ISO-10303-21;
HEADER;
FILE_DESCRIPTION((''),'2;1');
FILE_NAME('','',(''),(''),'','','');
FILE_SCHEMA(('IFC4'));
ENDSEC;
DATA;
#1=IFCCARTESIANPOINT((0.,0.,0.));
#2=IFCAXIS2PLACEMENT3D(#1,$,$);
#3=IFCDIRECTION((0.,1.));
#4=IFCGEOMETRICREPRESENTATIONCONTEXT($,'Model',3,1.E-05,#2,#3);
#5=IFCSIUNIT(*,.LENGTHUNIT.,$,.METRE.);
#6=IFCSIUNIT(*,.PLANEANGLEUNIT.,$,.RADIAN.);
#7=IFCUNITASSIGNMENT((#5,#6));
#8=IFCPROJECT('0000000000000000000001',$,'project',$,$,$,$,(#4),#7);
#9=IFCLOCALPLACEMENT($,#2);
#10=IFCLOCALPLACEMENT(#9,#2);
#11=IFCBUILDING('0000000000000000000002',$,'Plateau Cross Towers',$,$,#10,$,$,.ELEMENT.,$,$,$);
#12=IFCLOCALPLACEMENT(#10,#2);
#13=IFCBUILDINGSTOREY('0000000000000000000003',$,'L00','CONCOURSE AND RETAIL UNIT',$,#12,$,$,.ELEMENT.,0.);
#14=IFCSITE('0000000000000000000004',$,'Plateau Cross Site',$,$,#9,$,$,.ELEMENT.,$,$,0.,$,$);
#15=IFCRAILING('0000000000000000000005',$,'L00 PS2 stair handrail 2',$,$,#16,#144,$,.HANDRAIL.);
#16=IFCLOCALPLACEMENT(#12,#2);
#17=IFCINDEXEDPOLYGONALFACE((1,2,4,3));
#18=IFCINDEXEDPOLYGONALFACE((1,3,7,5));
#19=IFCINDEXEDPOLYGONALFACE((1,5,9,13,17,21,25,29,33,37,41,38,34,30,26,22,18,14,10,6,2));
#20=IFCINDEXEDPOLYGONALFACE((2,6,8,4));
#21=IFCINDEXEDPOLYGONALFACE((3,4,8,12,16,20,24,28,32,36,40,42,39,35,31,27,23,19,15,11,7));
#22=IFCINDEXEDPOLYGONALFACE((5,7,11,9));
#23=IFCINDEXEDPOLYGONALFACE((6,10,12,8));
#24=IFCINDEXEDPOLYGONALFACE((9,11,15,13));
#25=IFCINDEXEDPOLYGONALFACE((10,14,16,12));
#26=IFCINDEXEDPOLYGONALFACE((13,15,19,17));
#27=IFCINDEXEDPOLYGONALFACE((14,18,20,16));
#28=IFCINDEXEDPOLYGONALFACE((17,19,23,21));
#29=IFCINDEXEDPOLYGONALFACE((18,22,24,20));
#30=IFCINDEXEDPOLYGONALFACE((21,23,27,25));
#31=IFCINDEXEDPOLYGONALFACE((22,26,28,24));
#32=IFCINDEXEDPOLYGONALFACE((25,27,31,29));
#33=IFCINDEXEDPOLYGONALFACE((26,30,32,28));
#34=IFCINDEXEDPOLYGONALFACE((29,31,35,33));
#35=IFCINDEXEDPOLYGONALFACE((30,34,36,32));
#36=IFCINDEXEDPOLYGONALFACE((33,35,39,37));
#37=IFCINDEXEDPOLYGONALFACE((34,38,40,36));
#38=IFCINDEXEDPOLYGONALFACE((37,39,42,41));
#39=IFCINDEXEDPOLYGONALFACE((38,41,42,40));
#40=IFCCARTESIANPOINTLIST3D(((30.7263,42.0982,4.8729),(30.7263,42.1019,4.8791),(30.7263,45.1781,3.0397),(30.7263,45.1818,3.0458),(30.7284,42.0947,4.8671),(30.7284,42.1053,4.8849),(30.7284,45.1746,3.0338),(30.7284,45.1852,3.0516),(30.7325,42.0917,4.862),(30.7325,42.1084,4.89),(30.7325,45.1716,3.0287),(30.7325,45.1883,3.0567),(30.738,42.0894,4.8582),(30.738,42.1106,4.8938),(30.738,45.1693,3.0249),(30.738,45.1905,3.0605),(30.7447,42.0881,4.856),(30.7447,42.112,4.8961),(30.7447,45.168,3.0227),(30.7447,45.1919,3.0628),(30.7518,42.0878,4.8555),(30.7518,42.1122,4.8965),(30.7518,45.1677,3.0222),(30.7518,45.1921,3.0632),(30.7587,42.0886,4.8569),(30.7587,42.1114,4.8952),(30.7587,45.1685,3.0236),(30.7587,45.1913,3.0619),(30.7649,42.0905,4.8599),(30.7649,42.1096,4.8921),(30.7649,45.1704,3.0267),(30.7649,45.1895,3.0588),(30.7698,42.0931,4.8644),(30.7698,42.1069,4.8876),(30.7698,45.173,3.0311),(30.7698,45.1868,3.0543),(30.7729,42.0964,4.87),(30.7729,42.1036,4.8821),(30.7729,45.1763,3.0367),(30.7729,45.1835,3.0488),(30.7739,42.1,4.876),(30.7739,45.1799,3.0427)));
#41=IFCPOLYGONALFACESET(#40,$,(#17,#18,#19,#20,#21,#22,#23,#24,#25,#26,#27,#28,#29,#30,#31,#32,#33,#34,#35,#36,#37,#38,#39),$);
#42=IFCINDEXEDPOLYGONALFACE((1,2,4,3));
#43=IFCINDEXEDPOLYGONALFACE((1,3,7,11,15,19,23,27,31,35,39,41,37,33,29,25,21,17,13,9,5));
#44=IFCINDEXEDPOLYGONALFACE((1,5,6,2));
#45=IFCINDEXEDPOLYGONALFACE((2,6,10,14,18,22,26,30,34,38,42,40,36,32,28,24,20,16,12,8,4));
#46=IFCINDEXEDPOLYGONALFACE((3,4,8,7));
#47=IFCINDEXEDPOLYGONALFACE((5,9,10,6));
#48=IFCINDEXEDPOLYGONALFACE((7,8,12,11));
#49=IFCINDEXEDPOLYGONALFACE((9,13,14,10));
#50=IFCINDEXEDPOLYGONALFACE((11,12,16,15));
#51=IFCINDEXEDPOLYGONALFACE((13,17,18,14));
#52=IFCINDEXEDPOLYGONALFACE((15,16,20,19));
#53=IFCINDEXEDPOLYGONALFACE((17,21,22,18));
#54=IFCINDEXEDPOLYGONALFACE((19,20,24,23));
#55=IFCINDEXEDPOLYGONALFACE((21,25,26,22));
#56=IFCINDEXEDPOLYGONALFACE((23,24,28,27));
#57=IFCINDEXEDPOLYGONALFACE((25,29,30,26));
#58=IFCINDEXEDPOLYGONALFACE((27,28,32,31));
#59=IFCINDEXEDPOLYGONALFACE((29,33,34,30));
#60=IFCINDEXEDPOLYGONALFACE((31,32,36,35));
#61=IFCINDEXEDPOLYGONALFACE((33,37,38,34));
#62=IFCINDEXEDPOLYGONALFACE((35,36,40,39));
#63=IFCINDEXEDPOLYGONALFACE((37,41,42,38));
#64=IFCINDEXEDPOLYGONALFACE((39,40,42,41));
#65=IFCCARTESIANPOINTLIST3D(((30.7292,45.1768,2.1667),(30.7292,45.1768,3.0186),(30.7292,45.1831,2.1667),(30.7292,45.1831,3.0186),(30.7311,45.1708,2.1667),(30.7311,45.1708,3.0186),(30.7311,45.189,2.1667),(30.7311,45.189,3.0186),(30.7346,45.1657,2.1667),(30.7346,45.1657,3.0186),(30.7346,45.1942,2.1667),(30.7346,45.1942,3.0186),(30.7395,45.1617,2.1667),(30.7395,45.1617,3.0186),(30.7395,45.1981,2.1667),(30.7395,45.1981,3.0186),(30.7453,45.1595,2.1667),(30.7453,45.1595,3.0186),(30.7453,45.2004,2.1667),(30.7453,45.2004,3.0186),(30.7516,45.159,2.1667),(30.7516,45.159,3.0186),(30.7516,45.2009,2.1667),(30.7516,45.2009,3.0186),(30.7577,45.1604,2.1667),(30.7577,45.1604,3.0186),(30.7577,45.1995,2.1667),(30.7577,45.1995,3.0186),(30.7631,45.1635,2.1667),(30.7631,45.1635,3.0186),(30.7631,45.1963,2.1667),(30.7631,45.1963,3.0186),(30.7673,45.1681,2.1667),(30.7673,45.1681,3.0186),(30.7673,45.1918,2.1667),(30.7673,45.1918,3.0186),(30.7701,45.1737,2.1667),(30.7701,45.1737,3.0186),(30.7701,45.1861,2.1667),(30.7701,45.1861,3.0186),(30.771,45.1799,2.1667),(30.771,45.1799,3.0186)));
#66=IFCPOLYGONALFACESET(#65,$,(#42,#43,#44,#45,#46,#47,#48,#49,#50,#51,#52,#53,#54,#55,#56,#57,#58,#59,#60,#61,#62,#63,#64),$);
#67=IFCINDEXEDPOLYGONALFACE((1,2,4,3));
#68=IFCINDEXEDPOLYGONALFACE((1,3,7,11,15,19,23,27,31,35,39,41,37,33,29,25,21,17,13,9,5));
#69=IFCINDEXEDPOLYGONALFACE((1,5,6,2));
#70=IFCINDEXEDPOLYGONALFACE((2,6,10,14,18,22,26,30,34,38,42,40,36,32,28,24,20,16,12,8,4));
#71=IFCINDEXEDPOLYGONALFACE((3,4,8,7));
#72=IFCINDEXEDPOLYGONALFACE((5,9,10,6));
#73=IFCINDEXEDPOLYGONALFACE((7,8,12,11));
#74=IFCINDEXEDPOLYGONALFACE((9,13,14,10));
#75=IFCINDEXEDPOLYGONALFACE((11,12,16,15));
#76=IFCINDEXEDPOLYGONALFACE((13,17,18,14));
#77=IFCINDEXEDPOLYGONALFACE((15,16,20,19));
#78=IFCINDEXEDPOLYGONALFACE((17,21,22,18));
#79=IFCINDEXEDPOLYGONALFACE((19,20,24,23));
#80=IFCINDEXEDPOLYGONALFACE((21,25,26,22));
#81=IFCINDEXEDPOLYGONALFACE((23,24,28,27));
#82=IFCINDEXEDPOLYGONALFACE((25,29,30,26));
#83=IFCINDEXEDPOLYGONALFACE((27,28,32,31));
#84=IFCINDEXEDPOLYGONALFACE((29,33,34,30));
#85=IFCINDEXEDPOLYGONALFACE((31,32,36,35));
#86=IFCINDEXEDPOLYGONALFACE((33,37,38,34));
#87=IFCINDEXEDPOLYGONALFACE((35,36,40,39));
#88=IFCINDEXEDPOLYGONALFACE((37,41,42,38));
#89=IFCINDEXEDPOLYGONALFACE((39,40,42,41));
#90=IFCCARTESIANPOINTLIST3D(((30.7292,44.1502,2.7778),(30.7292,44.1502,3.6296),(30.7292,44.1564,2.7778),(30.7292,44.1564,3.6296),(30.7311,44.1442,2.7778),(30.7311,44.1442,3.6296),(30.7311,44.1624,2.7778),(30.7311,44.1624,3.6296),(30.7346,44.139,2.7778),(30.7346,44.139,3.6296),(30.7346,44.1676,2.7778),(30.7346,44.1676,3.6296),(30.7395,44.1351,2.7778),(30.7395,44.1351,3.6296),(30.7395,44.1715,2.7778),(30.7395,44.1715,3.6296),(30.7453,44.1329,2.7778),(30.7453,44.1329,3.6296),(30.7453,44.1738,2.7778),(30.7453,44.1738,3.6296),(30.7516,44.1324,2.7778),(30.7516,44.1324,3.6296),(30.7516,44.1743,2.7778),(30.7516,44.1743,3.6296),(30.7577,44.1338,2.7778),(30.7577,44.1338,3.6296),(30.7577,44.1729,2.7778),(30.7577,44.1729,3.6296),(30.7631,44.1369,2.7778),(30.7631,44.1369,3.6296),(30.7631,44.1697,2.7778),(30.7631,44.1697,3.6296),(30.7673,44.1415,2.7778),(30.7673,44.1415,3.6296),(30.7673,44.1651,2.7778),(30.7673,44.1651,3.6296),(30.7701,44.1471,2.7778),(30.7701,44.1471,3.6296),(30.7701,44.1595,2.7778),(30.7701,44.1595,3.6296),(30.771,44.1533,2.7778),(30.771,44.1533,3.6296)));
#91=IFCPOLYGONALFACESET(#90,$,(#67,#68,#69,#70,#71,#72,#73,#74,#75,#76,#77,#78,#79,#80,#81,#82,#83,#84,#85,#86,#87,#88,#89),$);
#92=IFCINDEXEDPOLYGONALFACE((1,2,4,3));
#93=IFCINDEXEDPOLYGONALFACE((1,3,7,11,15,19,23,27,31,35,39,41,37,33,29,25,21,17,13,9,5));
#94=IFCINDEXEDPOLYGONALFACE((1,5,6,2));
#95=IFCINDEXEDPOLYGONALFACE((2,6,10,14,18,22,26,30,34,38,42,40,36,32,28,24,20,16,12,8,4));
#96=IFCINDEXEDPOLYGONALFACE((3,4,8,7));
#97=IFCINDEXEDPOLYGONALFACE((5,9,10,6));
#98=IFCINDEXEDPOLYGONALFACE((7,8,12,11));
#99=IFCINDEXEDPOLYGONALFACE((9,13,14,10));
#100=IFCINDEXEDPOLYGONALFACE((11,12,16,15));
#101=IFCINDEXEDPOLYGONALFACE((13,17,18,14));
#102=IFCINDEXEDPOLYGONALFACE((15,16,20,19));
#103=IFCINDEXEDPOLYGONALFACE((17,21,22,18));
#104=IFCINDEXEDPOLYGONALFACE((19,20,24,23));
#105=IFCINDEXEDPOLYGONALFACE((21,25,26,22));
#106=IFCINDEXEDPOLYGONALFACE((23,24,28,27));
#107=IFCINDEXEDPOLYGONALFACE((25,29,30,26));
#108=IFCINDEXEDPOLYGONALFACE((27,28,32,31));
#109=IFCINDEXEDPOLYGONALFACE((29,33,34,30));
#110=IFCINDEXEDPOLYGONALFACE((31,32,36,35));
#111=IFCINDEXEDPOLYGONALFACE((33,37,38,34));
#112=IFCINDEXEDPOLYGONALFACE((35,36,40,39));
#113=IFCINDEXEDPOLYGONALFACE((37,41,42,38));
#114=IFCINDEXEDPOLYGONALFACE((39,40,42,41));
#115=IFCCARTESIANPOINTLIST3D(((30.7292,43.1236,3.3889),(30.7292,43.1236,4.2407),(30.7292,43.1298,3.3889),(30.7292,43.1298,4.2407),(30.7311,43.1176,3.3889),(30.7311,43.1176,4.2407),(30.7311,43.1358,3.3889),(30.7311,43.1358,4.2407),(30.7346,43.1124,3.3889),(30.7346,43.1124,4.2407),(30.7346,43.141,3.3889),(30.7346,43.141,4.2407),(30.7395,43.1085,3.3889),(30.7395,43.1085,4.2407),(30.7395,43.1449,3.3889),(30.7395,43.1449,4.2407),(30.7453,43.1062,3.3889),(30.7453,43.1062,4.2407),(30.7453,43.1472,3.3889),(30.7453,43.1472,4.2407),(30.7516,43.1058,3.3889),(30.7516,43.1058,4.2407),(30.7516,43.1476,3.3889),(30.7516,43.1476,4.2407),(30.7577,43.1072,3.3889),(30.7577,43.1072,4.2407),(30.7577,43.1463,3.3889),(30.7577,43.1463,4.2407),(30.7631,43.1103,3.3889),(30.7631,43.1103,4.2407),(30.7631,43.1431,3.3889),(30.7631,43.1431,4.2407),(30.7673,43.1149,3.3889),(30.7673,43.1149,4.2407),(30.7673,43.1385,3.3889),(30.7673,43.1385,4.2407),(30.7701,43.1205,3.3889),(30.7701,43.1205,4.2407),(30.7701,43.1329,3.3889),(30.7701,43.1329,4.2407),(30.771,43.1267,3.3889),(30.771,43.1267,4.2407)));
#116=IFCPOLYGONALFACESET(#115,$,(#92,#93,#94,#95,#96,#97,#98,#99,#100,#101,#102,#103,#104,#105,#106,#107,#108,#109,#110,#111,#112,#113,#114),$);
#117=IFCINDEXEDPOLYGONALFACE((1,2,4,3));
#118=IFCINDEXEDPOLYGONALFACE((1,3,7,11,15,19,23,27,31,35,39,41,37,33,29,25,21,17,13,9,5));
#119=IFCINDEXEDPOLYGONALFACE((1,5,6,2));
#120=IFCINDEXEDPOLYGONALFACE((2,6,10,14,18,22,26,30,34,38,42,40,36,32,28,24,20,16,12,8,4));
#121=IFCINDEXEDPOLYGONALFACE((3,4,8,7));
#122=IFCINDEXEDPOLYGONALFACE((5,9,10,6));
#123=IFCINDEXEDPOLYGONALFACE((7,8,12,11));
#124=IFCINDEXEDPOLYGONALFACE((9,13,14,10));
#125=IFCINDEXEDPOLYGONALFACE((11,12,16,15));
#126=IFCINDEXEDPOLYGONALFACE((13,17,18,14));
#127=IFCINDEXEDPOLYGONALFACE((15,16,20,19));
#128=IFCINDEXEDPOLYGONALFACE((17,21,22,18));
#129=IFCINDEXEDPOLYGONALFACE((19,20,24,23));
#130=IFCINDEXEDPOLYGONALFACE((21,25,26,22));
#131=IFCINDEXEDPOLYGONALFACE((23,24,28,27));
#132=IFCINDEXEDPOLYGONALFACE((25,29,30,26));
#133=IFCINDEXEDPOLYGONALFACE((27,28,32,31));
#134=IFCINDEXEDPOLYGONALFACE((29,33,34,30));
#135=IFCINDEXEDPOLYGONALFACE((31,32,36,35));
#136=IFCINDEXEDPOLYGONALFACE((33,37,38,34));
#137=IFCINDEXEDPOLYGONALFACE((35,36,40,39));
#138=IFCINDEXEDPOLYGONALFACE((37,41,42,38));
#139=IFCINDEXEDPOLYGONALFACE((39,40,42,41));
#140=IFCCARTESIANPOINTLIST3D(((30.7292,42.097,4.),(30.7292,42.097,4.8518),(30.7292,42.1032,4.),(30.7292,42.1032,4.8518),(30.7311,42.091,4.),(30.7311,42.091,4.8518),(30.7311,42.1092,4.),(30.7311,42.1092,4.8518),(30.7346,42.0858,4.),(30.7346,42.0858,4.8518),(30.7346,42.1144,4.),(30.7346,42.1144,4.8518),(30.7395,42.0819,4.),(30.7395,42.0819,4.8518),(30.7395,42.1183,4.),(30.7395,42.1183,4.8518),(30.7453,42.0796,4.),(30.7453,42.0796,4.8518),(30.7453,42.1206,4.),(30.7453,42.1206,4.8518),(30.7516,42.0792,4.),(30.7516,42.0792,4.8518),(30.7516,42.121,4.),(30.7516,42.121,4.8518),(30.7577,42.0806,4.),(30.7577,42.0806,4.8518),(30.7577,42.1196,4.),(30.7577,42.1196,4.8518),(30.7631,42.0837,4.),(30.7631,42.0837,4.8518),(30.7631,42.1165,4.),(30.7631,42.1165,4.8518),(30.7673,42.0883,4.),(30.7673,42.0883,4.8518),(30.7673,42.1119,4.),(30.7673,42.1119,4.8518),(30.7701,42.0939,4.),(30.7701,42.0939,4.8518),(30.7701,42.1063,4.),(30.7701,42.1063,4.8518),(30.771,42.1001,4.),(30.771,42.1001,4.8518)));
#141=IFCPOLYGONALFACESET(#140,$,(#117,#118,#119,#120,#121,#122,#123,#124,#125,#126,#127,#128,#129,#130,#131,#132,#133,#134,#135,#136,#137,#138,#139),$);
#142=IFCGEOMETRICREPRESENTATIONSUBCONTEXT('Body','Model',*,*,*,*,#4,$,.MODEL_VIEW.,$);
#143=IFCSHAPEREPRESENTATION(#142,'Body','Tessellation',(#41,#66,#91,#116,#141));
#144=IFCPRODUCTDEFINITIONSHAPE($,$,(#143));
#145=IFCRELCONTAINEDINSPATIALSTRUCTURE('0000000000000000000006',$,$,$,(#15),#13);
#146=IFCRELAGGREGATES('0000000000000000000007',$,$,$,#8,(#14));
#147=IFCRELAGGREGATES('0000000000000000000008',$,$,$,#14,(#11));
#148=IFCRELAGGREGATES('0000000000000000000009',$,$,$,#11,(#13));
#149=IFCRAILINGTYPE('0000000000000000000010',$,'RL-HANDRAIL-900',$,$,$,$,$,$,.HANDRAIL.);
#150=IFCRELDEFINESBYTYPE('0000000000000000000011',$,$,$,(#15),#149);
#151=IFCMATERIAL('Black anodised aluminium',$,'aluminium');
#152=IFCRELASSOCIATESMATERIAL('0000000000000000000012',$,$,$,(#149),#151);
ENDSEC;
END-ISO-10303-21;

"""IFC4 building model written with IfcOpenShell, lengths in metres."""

from ifc_helpers import new_model, si_unit, direction, frame, origin, origin_2d, place, context, subcontext, project, spatial, circle, extrude, material, type_object, element, save


model = new_model("IFC4")

# Units and contexts
model_context = context("Model", 3, precision=1e-05, world=origin(), true_north=direction((0.0, 1.0)))
body_context = subcontext(model_context, "Body", "Model", "MODEL_VIEW")
ifc_project = project(units=[si_unit("LENGTHUNIT", "METRE"), si_unit("PLANEANGLEUNIT", "RADIAN")], contexts=[model_context])

# Site, building, storey
site_placement = place(None, origin())
site = spatial("IfcSite", under=ifc_project, at=site_placement, Name="Plateau Cross Site", CompositionType="ELEMENT", RefElevation=0.0)
building_placement = place(site_placement, origin())
building = spatial("IfcBuilding", under=site, at=building_placement, Name="Plateau Cross Towers", CompositionType="ELEMENT")
storey_placement = place(building_placement, origin())
storey = spatial("IfcBuildingStorey", under=building, at=storey_placement, Name="L00", Description="CONCOURSE AND RETAIL UNIT", CompositionType="ELEMENT", Elevation=0.0)

# Shared definitions
ifc_material_1 = material(Name="Black anodised aluminium", Category="aluminium")

# Railing
railing_type_1 = type_object("IfcRailingType", Name="RL-HANDRAIL-900", PredefinedType="HANDRAIL", material=ifc_material_1)
for number, where, name in (
    (1, (30.75, 45.1799, 2.1667), "L00 PS2 stair handrail 2"),
):
    element("IfcRailing", number, at=place(storey_placement, frame(where)), inside=storey, type_object=railing_type_1, Name=name, PredefinedType="HANDRAIL", context=body_context, shape_type="SweptSolid", body=[
        extrude(circle(Radius=0.0239, at=origin_2d()), frame((0.0, 0.0, 0.876), z_axis=(0.0, -0.859291, 0.511487), x_axis=(1.0, 0.0, 0.0)), (0.0, 0.0, 1.0), 3.5842),
        extrude(circle(Radius=0.021, at=origin_2d()), origin(), (0.0, 0.0, 1.0), 0.8518),
        extrude(circle(Radius=0.021, at=origin_2d()), frame((0.0, -1.0266, 0.6111)), (0.0, 0.0, 1.0), 0.8518),
        extrude(circle(Radius=0.021, at=origin_2d()), frame((0.0, -2.0532, 1.2222)), (0.0, 0.0, 1.0), 0.8518),
        extrude(circle(Radius=0.021, at=origin_2d()), frame((0.0, -3.0798, 1.8333)), (0.0, 0.0, 1.0), 0.8518),
    ])

save(model, "model.ifc")
